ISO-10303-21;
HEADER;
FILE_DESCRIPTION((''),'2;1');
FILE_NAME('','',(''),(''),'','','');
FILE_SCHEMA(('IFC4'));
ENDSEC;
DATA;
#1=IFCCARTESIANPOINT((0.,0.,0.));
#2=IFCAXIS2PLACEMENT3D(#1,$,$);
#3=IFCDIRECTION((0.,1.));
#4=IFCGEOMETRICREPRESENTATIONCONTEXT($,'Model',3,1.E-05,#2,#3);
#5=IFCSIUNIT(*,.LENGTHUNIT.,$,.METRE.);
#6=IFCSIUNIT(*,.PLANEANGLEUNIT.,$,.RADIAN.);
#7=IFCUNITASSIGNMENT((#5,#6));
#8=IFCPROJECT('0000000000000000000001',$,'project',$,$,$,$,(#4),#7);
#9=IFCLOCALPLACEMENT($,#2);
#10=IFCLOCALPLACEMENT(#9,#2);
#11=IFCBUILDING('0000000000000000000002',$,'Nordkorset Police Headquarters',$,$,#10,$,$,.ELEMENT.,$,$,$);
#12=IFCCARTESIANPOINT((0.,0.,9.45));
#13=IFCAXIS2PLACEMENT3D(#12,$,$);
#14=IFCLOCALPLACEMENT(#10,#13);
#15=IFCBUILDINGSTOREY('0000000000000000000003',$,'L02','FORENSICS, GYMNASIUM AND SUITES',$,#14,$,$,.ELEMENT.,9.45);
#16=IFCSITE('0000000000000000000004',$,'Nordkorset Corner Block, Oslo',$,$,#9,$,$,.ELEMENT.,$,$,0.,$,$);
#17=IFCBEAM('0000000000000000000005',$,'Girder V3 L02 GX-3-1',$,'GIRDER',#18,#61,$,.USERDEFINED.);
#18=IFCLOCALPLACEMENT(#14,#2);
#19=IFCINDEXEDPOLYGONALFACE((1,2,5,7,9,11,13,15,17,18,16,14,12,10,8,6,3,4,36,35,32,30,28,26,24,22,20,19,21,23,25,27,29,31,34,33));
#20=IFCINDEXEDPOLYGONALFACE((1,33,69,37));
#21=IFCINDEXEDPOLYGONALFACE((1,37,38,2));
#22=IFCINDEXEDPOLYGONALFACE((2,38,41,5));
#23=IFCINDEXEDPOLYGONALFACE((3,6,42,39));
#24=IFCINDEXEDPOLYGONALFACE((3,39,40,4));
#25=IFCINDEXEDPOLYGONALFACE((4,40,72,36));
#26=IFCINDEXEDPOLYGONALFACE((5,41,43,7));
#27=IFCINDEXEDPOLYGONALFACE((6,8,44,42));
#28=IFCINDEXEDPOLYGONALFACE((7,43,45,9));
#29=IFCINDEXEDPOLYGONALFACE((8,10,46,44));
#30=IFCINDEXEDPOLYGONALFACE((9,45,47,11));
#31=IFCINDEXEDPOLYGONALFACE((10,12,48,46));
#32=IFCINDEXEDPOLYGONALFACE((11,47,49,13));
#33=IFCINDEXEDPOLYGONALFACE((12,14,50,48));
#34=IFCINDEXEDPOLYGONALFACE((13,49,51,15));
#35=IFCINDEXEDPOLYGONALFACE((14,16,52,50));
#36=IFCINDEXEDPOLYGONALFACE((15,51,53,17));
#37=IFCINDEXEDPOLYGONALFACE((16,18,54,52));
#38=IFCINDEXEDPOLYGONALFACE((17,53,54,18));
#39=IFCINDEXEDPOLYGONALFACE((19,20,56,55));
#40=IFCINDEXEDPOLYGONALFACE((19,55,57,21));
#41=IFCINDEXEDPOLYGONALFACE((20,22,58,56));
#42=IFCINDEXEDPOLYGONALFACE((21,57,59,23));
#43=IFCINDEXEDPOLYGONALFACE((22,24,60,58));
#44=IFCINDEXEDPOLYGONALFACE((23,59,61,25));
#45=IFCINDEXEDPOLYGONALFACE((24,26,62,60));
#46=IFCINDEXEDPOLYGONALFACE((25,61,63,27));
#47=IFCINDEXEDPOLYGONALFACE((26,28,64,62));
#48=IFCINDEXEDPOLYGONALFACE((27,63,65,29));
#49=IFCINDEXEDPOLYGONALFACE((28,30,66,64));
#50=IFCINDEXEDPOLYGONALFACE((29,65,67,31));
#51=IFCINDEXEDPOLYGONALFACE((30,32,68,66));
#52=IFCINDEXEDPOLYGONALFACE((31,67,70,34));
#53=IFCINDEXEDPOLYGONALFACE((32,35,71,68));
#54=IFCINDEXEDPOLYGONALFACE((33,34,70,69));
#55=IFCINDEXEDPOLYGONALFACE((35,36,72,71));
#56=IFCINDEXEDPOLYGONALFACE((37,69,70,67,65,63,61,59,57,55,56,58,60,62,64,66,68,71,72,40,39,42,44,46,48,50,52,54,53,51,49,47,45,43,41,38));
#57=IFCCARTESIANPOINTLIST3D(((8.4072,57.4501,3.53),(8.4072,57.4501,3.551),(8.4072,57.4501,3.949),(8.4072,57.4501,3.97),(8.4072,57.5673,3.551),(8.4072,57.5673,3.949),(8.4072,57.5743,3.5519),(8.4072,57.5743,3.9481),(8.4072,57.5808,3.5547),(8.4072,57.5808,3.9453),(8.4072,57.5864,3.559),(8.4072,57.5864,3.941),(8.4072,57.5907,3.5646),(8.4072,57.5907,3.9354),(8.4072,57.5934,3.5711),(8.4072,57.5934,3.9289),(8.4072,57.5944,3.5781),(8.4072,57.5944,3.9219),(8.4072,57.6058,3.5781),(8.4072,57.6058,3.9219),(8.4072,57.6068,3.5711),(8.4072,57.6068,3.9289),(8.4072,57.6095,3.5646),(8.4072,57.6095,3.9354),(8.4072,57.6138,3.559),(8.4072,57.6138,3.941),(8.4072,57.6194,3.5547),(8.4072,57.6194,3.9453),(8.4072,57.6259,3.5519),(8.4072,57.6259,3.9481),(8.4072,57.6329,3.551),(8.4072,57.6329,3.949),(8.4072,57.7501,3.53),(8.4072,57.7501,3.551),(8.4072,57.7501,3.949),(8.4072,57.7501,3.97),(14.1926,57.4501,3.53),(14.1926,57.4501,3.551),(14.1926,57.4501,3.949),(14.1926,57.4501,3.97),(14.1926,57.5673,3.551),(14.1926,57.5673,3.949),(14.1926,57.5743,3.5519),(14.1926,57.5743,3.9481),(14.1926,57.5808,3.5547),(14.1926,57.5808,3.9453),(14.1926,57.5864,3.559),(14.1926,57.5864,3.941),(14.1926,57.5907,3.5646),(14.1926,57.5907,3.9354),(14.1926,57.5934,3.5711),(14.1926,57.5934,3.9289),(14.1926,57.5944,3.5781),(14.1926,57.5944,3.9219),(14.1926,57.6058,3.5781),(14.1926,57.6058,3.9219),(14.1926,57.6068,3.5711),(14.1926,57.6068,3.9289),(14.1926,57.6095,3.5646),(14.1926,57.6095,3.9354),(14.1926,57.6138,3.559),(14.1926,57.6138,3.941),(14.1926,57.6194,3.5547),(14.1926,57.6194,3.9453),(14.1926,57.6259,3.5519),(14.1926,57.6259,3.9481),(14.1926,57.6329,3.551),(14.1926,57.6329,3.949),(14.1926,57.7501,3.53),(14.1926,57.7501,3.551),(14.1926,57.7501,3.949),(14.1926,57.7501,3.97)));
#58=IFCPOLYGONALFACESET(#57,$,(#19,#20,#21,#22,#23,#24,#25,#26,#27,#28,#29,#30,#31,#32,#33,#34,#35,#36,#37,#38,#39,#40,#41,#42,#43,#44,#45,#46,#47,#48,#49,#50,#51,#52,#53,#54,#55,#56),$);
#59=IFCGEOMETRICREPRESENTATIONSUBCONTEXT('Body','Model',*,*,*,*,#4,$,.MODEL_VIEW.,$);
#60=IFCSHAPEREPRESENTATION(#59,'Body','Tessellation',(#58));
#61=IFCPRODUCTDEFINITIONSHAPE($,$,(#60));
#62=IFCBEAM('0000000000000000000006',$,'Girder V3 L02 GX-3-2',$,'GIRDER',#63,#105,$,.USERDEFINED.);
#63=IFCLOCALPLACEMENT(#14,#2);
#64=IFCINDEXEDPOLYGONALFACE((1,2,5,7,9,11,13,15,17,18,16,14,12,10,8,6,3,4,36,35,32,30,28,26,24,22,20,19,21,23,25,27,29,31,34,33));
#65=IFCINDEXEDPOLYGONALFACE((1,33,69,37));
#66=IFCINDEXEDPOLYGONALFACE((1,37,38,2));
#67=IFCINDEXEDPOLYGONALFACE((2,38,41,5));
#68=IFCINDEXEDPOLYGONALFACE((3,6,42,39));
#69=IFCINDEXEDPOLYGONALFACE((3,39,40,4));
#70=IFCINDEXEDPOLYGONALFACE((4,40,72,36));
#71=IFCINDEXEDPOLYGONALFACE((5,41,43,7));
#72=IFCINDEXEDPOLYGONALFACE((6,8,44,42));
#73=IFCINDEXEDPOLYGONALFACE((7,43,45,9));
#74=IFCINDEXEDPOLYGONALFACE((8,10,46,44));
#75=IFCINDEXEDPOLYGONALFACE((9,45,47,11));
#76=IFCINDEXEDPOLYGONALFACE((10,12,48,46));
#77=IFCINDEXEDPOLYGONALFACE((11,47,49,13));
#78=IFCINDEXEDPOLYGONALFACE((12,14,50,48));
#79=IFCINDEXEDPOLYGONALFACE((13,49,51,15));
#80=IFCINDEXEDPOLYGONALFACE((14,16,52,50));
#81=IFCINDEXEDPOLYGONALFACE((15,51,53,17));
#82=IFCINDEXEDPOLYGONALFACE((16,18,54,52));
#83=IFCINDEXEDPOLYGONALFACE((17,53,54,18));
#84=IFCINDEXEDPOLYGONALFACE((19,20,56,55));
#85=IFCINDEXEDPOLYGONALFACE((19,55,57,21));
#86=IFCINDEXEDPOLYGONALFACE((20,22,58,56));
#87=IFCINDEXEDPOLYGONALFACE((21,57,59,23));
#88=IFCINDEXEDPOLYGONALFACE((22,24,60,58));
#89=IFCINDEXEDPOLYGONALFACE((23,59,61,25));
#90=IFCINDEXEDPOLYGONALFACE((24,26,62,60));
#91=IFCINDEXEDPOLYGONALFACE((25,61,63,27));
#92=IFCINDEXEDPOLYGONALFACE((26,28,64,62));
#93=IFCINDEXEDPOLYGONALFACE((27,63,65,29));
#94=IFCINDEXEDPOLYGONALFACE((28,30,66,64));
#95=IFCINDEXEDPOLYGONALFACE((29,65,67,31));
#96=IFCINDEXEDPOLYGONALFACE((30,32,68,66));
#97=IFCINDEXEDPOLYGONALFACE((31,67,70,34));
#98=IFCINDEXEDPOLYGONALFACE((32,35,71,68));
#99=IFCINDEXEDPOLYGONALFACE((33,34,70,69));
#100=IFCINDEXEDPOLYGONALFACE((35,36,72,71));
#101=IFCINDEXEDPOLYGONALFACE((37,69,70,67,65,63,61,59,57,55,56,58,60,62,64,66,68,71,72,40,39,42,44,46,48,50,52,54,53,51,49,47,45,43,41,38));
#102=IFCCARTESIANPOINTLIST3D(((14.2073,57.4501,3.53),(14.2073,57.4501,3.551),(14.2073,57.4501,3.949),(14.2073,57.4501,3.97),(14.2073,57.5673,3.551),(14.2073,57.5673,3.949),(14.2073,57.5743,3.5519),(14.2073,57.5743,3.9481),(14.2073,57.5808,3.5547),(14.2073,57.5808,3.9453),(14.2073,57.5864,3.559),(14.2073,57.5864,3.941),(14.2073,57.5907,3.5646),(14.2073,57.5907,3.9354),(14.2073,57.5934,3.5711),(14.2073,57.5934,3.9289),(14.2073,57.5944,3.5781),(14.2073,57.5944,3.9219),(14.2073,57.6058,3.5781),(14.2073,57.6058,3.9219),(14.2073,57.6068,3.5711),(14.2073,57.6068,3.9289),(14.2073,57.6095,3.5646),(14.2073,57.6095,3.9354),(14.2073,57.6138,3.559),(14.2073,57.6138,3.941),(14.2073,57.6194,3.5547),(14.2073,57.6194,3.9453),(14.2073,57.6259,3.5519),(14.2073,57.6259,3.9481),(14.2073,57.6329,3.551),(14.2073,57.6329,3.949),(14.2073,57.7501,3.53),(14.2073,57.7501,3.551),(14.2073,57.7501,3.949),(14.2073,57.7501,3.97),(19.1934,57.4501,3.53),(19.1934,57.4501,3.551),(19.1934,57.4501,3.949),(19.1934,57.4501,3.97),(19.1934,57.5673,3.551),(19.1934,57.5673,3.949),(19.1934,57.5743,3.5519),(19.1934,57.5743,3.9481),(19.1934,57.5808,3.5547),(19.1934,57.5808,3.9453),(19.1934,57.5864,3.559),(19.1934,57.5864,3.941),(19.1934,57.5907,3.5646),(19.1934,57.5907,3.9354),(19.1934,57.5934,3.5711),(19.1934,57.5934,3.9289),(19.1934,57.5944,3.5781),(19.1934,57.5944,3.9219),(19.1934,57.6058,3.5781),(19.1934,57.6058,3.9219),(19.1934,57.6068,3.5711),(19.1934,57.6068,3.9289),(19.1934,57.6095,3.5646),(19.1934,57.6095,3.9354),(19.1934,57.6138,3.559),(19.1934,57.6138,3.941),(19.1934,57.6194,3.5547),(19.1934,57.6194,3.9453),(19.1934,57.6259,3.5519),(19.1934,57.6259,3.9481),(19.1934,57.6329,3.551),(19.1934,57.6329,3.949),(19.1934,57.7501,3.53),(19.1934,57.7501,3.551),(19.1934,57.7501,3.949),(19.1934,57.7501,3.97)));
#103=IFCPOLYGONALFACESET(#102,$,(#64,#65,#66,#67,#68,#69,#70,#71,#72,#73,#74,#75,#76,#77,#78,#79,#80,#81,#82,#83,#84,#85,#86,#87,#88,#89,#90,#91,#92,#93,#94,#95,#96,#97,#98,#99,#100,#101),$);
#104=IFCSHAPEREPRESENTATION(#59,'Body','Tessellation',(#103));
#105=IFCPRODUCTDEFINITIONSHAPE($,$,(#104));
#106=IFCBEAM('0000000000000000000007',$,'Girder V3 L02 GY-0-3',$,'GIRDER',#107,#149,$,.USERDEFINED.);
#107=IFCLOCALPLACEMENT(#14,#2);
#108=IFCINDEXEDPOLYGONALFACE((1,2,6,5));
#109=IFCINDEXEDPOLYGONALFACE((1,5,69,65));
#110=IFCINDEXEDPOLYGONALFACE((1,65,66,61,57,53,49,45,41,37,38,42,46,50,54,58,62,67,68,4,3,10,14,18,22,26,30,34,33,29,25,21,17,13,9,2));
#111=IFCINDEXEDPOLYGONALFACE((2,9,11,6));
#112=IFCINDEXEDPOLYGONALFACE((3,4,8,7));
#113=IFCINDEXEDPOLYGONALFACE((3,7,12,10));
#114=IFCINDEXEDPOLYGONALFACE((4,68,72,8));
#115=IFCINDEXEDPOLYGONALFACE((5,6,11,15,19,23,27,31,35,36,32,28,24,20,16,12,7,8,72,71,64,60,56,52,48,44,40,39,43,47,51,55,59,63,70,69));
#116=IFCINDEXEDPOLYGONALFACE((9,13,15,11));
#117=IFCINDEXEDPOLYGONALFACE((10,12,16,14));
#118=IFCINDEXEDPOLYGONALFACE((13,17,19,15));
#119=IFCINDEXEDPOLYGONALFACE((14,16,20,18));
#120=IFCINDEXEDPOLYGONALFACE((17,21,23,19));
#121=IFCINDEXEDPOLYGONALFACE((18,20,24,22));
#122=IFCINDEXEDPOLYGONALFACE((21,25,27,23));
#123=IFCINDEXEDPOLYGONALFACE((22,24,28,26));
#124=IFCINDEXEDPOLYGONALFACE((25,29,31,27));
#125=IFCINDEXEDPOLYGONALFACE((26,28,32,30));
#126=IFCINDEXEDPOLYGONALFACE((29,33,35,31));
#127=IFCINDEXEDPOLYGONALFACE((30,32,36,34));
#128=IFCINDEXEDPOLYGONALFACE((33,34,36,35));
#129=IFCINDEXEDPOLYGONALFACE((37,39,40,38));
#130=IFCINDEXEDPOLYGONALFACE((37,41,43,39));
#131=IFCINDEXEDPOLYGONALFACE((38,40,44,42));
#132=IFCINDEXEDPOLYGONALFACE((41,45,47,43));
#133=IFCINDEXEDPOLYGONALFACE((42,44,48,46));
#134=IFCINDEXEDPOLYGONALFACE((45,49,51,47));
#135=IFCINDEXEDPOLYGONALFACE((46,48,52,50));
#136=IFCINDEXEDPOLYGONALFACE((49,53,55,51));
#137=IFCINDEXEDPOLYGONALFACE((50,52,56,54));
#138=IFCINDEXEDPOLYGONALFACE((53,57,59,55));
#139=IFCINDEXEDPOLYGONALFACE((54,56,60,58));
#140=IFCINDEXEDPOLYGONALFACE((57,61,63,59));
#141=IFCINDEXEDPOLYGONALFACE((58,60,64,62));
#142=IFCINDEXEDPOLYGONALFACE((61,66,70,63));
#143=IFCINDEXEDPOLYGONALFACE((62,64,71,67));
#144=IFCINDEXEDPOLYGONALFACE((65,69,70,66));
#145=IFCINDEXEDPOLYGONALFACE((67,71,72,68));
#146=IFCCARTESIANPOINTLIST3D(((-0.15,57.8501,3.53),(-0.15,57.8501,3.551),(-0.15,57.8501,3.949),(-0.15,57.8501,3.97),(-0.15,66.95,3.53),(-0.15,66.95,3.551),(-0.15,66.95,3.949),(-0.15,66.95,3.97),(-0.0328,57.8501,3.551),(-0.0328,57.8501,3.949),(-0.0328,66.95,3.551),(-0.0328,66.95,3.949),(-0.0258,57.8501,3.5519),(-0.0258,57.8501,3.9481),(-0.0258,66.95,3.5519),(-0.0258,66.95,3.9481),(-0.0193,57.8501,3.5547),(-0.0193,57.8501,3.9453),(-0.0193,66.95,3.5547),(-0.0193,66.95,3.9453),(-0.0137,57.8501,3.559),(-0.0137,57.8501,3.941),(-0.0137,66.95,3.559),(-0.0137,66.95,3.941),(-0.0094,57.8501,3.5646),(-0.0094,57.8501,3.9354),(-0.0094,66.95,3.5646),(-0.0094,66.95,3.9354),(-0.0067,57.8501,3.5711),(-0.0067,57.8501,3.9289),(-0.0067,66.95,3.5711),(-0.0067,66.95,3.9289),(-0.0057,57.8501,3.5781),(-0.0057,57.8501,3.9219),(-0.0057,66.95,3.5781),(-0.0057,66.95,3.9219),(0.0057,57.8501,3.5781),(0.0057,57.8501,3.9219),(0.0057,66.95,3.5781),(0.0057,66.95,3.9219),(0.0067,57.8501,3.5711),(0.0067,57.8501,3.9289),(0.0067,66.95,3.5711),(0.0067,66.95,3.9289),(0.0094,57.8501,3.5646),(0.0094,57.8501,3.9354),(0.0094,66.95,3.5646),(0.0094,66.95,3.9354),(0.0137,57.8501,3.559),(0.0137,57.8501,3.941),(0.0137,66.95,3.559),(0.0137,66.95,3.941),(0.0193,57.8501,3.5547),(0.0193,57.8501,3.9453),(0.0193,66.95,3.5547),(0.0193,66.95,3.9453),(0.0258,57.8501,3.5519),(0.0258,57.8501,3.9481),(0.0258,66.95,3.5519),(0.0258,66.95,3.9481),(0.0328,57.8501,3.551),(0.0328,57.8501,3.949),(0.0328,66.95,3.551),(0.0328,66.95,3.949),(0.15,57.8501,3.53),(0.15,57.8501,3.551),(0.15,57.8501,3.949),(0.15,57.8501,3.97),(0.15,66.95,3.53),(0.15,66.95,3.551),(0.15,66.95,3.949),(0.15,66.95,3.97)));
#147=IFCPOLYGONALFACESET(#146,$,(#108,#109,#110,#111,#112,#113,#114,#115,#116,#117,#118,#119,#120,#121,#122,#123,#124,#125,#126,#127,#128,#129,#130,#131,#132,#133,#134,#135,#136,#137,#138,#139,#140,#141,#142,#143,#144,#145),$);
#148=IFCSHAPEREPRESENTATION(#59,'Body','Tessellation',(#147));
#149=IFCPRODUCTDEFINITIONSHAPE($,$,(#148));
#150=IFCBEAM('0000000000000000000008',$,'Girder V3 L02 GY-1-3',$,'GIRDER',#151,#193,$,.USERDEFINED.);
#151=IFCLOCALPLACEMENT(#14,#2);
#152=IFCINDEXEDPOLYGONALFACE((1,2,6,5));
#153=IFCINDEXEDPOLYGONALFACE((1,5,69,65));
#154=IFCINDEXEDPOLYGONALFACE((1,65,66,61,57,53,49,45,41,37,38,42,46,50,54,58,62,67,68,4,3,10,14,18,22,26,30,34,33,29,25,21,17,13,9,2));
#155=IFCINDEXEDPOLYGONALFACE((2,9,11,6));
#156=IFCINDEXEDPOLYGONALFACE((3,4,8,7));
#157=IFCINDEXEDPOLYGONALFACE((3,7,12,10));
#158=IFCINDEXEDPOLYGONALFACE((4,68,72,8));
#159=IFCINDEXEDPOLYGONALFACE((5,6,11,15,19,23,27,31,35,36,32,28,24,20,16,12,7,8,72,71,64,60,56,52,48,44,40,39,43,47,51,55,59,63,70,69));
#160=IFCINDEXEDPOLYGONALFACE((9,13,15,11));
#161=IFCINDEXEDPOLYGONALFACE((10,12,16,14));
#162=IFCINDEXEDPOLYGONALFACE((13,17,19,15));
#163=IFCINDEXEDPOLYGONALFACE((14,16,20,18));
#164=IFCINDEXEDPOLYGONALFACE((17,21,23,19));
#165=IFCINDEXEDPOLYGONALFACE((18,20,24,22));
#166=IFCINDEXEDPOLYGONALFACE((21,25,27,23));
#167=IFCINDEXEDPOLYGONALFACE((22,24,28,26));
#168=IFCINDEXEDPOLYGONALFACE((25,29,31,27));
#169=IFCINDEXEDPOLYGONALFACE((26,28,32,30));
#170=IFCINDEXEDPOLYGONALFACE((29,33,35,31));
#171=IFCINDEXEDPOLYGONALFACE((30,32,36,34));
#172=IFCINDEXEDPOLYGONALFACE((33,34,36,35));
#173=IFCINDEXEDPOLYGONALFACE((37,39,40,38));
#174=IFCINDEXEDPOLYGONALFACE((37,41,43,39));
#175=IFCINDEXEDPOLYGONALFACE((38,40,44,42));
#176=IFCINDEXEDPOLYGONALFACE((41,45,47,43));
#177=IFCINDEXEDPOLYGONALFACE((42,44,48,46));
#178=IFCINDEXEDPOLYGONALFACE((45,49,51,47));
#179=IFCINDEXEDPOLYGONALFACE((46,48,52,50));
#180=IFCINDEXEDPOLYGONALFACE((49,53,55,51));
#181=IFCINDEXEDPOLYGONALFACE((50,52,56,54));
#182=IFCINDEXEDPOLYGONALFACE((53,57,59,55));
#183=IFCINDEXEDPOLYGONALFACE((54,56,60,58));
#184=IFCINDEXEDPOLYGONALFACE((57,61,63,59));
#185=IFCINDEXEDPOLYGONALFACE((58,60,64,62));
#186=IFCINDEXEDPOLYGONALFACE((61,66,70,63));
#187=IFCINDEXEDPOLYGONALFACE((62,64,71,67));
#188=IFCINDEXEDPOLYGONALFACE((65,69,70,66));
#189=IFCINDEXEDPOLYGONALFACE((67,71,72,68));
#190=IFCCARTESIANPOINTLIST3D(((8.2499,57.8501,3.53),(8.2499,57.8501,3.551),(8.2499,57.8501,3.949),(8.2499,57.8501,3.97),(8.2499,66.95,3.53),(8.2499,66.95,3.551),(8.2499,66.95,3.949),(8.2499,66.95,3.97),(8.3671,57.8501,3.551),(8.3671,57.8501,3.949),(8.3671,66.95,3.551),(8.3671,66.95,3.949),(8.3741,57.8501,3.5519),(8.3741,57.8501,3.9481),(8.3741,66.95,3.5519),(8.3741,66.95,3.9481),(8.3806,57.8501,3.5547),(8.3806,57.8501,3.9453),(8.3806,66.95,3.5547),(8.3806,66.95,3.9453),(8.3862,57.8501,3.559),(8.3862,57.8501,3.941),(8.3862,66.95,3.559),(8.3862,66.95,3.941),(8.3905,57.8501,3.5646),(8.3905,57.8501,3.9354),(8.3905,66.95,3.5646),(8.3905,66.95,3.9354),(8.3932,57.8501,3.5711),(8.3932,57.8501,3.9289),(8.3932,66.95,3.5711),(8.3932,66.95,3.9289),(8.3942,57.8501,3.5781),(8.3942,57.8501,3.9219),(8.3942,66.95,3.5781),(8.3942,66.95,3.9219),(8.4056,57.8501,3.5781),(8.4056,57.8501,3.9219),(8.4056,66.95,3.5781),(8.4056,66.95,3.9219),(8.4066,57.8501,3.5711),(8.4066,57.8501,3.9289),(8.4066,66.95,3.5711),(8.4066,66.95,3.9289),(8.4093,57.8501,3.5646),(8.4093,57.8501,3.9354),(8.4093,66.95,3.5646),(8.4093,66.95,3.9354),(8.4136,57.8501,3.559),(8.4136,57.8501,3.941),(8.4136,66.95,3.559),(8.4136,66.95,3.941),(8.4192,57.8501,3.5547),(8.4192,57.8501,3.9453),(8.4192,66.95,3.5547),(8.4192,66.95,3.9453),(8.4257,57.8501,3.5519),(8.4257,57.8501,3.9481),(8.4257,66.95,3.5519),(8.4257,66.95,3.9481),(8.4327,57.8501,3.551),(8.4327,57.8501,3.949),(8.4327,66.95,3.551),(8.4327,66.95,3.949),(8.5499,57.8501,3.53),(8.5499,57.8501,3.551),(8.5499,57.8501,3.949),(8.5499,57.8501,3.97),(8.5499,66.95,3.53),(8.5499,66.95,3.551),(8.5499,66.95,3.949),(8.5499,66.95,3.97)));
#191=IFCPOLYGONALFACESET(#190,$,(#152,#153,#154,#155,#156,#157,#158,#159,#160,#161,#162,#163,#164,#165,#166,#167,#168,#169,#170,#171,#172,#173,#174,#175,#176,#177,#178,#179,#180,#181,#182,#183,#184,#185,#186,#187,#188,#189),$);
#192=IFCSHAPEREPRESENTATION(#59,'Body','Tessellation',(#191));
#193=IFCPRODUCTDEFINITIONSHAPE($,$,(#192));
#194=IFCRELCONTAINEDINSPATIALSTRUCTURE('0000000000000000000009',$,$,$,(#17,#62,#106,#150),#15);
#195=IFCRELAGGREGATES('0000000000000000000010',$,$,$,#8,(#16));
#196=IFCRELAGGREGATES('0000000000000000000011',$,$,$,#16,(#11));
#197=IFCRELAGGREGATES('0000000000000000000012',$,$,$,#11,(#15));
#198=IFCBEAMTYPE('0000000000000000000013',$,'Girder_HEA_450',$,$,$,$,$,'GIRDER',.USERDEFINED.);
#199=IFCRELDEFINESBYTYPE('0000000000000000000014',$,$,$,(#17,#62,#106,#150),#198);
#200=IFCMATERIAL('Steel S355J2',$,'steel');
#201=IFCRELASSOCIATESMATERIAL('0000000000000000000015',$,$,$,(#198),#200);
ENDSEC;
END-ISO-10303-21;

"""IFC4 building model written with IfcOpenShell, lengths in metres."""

from ifc_helpers import new_model, si_unit, direction, frame, origin, origin_2d, place, context, subcontext, project, spatial, i_section, extrude, material, material_profile, profile_set, type_object, element, save


model = new_model("IFC4")

# Units and contexts
model_context = context("Model", 3, precision=1e-05, world=origin(), true_north=direction((0.0, 1.0)))
body_context = subcontext(model_context, "Body", "Model", "MODEL_VIEW")
ifc_project = project(units=[si_unit("LENGTHUNIT", "METRE"), si_unit("PLANEANGLEUNIT", "RADIAN")], contexts=[model_context])

# Site, building, storey
site_placement = place(None, origin())
site = spatial("IfcSite", under=ifc_project, at=site_placement, Name="Nordkorset Corner Block, Oslo", CompositionType="ELEMENT", RefElevation=0.0)
building_placement = place(site_placement, origin())
building = spatial("IfcBuilding", under=site, at=building_placement, Name="Nordkorset Police Headquarters", CompositionType="ELEMENT")
storey_placement = place(building_placement, frame((0.0, 0.0, 9.45)))
storey = spatial("IfcBuildingStorey", under=building, at=storey_placement, Name="L02", Description="FORENSICS, GYMNASIUM AND SUITES", CompositionType="ELEMENT", Elevation=9.45)

# Beams
ifc_material_1 = material(Name="Steel S355J2", Category="steel")
ifc_material_profile_1 = material_profile(ifc_material_1, i_section(OverallWidth=0.3, OverallDepth=0.4399, WebThickness=0.0115, FlangeThickness=0.021, FilletRadius=0.0271, at=origin_2d()), Name="HEA 450")
ifc_profile_set_1 = profile_set([ifc_material_profile_1], Name="Steel S355J2")
beam_type_1 = type_object("IfcBeamType", Name="Girder_HEA_450", ElementType="GIRDER", PredefinedType="USERDEFINED", material=ifc_profile_set_1)
beam_1_placement = place(storey_placement, frame((8.4072, 57.6001, 3.75), z_axis=(1.0, 0.0, 0.0), x_axis=(0.0, 1.0, 0.0)))
element("IfcBeam", 1, at=beam_1_placement, inside=storey, type_object=beam_type_1, Name="Girder V3 L02 GX-3-1", ObjectType="GIRDER", PredefinedType="USERDEFINED", context=body_context, shape_type="SweptSolid", body=[
    extrude(i_section(OverallWidth=0.3, OverallDepth=0.4399, WebThickness=0.0115, FlangeThickness=0.021, FilletRadius=0.0271, at=origin_2d()), origin(), (0.0, 0.0, 1.0), 5.7854),
])
beam_2_placement = place(storey_placement, frame((14.2073, 57.6001, 3.75), z_axis=(1.0, 0.0, 0.0), x_axis=(0.0, 1.0, 0.0)))
element("IfcBeam", 2, at=beam_2_placement, inside=storey, type_object=beam_type_1, Name="Girder V3 L02 GX-3-2", ObjectType="GIRDER", PredefinedType="USERDEFINED", context=body_context, shape_type="SweptSolid", body=[
    extrude(i_section(OverallWidth=0.3, OverallDepth=0.4399, WebThickness=0.0115, FlangeThickness=0.021, FilletRadius=0.0271, at=origin_2d()), origin(), (0.0, 0.0, 1.0), 4.9861),
])
for number, where, z_axis, x_axis, name in (
    (3, (0.0, 57.8501, 3.75), (0.0, 1.0, 0.0), (-1.0, 0.0, 0.0), "Girder V3 L02 GY-0-3"),
    (4, (8.3999, 57.8501, 3.75), (0.0, 1.0, 0.0), (-1.0, 0.0, 0.0), "Girder V3 L02 GY-1-3"),
):
    element("IfcBeam", number, at=place(storey_placement, frame(where, z_axis=z_axis, x_axis=x_axis)), inside=storey, type_object=beam_type_1, Name=name, ObjectType="GIRDER", PredefinedType="USERDEFINED", context=body_context, shape_type="SweptSolid", body=[
        extrude(i_section(OverallWidth=0.3, OverallDepth=0.4399, WebThickness=0.0115, FlangeThickness=0.021, FilletRadius=0.0271, at=origin_2d()), origin(), (0.0, 0.0, 1.0), 9.0999),
    ])

save(model, "model.ifc")
